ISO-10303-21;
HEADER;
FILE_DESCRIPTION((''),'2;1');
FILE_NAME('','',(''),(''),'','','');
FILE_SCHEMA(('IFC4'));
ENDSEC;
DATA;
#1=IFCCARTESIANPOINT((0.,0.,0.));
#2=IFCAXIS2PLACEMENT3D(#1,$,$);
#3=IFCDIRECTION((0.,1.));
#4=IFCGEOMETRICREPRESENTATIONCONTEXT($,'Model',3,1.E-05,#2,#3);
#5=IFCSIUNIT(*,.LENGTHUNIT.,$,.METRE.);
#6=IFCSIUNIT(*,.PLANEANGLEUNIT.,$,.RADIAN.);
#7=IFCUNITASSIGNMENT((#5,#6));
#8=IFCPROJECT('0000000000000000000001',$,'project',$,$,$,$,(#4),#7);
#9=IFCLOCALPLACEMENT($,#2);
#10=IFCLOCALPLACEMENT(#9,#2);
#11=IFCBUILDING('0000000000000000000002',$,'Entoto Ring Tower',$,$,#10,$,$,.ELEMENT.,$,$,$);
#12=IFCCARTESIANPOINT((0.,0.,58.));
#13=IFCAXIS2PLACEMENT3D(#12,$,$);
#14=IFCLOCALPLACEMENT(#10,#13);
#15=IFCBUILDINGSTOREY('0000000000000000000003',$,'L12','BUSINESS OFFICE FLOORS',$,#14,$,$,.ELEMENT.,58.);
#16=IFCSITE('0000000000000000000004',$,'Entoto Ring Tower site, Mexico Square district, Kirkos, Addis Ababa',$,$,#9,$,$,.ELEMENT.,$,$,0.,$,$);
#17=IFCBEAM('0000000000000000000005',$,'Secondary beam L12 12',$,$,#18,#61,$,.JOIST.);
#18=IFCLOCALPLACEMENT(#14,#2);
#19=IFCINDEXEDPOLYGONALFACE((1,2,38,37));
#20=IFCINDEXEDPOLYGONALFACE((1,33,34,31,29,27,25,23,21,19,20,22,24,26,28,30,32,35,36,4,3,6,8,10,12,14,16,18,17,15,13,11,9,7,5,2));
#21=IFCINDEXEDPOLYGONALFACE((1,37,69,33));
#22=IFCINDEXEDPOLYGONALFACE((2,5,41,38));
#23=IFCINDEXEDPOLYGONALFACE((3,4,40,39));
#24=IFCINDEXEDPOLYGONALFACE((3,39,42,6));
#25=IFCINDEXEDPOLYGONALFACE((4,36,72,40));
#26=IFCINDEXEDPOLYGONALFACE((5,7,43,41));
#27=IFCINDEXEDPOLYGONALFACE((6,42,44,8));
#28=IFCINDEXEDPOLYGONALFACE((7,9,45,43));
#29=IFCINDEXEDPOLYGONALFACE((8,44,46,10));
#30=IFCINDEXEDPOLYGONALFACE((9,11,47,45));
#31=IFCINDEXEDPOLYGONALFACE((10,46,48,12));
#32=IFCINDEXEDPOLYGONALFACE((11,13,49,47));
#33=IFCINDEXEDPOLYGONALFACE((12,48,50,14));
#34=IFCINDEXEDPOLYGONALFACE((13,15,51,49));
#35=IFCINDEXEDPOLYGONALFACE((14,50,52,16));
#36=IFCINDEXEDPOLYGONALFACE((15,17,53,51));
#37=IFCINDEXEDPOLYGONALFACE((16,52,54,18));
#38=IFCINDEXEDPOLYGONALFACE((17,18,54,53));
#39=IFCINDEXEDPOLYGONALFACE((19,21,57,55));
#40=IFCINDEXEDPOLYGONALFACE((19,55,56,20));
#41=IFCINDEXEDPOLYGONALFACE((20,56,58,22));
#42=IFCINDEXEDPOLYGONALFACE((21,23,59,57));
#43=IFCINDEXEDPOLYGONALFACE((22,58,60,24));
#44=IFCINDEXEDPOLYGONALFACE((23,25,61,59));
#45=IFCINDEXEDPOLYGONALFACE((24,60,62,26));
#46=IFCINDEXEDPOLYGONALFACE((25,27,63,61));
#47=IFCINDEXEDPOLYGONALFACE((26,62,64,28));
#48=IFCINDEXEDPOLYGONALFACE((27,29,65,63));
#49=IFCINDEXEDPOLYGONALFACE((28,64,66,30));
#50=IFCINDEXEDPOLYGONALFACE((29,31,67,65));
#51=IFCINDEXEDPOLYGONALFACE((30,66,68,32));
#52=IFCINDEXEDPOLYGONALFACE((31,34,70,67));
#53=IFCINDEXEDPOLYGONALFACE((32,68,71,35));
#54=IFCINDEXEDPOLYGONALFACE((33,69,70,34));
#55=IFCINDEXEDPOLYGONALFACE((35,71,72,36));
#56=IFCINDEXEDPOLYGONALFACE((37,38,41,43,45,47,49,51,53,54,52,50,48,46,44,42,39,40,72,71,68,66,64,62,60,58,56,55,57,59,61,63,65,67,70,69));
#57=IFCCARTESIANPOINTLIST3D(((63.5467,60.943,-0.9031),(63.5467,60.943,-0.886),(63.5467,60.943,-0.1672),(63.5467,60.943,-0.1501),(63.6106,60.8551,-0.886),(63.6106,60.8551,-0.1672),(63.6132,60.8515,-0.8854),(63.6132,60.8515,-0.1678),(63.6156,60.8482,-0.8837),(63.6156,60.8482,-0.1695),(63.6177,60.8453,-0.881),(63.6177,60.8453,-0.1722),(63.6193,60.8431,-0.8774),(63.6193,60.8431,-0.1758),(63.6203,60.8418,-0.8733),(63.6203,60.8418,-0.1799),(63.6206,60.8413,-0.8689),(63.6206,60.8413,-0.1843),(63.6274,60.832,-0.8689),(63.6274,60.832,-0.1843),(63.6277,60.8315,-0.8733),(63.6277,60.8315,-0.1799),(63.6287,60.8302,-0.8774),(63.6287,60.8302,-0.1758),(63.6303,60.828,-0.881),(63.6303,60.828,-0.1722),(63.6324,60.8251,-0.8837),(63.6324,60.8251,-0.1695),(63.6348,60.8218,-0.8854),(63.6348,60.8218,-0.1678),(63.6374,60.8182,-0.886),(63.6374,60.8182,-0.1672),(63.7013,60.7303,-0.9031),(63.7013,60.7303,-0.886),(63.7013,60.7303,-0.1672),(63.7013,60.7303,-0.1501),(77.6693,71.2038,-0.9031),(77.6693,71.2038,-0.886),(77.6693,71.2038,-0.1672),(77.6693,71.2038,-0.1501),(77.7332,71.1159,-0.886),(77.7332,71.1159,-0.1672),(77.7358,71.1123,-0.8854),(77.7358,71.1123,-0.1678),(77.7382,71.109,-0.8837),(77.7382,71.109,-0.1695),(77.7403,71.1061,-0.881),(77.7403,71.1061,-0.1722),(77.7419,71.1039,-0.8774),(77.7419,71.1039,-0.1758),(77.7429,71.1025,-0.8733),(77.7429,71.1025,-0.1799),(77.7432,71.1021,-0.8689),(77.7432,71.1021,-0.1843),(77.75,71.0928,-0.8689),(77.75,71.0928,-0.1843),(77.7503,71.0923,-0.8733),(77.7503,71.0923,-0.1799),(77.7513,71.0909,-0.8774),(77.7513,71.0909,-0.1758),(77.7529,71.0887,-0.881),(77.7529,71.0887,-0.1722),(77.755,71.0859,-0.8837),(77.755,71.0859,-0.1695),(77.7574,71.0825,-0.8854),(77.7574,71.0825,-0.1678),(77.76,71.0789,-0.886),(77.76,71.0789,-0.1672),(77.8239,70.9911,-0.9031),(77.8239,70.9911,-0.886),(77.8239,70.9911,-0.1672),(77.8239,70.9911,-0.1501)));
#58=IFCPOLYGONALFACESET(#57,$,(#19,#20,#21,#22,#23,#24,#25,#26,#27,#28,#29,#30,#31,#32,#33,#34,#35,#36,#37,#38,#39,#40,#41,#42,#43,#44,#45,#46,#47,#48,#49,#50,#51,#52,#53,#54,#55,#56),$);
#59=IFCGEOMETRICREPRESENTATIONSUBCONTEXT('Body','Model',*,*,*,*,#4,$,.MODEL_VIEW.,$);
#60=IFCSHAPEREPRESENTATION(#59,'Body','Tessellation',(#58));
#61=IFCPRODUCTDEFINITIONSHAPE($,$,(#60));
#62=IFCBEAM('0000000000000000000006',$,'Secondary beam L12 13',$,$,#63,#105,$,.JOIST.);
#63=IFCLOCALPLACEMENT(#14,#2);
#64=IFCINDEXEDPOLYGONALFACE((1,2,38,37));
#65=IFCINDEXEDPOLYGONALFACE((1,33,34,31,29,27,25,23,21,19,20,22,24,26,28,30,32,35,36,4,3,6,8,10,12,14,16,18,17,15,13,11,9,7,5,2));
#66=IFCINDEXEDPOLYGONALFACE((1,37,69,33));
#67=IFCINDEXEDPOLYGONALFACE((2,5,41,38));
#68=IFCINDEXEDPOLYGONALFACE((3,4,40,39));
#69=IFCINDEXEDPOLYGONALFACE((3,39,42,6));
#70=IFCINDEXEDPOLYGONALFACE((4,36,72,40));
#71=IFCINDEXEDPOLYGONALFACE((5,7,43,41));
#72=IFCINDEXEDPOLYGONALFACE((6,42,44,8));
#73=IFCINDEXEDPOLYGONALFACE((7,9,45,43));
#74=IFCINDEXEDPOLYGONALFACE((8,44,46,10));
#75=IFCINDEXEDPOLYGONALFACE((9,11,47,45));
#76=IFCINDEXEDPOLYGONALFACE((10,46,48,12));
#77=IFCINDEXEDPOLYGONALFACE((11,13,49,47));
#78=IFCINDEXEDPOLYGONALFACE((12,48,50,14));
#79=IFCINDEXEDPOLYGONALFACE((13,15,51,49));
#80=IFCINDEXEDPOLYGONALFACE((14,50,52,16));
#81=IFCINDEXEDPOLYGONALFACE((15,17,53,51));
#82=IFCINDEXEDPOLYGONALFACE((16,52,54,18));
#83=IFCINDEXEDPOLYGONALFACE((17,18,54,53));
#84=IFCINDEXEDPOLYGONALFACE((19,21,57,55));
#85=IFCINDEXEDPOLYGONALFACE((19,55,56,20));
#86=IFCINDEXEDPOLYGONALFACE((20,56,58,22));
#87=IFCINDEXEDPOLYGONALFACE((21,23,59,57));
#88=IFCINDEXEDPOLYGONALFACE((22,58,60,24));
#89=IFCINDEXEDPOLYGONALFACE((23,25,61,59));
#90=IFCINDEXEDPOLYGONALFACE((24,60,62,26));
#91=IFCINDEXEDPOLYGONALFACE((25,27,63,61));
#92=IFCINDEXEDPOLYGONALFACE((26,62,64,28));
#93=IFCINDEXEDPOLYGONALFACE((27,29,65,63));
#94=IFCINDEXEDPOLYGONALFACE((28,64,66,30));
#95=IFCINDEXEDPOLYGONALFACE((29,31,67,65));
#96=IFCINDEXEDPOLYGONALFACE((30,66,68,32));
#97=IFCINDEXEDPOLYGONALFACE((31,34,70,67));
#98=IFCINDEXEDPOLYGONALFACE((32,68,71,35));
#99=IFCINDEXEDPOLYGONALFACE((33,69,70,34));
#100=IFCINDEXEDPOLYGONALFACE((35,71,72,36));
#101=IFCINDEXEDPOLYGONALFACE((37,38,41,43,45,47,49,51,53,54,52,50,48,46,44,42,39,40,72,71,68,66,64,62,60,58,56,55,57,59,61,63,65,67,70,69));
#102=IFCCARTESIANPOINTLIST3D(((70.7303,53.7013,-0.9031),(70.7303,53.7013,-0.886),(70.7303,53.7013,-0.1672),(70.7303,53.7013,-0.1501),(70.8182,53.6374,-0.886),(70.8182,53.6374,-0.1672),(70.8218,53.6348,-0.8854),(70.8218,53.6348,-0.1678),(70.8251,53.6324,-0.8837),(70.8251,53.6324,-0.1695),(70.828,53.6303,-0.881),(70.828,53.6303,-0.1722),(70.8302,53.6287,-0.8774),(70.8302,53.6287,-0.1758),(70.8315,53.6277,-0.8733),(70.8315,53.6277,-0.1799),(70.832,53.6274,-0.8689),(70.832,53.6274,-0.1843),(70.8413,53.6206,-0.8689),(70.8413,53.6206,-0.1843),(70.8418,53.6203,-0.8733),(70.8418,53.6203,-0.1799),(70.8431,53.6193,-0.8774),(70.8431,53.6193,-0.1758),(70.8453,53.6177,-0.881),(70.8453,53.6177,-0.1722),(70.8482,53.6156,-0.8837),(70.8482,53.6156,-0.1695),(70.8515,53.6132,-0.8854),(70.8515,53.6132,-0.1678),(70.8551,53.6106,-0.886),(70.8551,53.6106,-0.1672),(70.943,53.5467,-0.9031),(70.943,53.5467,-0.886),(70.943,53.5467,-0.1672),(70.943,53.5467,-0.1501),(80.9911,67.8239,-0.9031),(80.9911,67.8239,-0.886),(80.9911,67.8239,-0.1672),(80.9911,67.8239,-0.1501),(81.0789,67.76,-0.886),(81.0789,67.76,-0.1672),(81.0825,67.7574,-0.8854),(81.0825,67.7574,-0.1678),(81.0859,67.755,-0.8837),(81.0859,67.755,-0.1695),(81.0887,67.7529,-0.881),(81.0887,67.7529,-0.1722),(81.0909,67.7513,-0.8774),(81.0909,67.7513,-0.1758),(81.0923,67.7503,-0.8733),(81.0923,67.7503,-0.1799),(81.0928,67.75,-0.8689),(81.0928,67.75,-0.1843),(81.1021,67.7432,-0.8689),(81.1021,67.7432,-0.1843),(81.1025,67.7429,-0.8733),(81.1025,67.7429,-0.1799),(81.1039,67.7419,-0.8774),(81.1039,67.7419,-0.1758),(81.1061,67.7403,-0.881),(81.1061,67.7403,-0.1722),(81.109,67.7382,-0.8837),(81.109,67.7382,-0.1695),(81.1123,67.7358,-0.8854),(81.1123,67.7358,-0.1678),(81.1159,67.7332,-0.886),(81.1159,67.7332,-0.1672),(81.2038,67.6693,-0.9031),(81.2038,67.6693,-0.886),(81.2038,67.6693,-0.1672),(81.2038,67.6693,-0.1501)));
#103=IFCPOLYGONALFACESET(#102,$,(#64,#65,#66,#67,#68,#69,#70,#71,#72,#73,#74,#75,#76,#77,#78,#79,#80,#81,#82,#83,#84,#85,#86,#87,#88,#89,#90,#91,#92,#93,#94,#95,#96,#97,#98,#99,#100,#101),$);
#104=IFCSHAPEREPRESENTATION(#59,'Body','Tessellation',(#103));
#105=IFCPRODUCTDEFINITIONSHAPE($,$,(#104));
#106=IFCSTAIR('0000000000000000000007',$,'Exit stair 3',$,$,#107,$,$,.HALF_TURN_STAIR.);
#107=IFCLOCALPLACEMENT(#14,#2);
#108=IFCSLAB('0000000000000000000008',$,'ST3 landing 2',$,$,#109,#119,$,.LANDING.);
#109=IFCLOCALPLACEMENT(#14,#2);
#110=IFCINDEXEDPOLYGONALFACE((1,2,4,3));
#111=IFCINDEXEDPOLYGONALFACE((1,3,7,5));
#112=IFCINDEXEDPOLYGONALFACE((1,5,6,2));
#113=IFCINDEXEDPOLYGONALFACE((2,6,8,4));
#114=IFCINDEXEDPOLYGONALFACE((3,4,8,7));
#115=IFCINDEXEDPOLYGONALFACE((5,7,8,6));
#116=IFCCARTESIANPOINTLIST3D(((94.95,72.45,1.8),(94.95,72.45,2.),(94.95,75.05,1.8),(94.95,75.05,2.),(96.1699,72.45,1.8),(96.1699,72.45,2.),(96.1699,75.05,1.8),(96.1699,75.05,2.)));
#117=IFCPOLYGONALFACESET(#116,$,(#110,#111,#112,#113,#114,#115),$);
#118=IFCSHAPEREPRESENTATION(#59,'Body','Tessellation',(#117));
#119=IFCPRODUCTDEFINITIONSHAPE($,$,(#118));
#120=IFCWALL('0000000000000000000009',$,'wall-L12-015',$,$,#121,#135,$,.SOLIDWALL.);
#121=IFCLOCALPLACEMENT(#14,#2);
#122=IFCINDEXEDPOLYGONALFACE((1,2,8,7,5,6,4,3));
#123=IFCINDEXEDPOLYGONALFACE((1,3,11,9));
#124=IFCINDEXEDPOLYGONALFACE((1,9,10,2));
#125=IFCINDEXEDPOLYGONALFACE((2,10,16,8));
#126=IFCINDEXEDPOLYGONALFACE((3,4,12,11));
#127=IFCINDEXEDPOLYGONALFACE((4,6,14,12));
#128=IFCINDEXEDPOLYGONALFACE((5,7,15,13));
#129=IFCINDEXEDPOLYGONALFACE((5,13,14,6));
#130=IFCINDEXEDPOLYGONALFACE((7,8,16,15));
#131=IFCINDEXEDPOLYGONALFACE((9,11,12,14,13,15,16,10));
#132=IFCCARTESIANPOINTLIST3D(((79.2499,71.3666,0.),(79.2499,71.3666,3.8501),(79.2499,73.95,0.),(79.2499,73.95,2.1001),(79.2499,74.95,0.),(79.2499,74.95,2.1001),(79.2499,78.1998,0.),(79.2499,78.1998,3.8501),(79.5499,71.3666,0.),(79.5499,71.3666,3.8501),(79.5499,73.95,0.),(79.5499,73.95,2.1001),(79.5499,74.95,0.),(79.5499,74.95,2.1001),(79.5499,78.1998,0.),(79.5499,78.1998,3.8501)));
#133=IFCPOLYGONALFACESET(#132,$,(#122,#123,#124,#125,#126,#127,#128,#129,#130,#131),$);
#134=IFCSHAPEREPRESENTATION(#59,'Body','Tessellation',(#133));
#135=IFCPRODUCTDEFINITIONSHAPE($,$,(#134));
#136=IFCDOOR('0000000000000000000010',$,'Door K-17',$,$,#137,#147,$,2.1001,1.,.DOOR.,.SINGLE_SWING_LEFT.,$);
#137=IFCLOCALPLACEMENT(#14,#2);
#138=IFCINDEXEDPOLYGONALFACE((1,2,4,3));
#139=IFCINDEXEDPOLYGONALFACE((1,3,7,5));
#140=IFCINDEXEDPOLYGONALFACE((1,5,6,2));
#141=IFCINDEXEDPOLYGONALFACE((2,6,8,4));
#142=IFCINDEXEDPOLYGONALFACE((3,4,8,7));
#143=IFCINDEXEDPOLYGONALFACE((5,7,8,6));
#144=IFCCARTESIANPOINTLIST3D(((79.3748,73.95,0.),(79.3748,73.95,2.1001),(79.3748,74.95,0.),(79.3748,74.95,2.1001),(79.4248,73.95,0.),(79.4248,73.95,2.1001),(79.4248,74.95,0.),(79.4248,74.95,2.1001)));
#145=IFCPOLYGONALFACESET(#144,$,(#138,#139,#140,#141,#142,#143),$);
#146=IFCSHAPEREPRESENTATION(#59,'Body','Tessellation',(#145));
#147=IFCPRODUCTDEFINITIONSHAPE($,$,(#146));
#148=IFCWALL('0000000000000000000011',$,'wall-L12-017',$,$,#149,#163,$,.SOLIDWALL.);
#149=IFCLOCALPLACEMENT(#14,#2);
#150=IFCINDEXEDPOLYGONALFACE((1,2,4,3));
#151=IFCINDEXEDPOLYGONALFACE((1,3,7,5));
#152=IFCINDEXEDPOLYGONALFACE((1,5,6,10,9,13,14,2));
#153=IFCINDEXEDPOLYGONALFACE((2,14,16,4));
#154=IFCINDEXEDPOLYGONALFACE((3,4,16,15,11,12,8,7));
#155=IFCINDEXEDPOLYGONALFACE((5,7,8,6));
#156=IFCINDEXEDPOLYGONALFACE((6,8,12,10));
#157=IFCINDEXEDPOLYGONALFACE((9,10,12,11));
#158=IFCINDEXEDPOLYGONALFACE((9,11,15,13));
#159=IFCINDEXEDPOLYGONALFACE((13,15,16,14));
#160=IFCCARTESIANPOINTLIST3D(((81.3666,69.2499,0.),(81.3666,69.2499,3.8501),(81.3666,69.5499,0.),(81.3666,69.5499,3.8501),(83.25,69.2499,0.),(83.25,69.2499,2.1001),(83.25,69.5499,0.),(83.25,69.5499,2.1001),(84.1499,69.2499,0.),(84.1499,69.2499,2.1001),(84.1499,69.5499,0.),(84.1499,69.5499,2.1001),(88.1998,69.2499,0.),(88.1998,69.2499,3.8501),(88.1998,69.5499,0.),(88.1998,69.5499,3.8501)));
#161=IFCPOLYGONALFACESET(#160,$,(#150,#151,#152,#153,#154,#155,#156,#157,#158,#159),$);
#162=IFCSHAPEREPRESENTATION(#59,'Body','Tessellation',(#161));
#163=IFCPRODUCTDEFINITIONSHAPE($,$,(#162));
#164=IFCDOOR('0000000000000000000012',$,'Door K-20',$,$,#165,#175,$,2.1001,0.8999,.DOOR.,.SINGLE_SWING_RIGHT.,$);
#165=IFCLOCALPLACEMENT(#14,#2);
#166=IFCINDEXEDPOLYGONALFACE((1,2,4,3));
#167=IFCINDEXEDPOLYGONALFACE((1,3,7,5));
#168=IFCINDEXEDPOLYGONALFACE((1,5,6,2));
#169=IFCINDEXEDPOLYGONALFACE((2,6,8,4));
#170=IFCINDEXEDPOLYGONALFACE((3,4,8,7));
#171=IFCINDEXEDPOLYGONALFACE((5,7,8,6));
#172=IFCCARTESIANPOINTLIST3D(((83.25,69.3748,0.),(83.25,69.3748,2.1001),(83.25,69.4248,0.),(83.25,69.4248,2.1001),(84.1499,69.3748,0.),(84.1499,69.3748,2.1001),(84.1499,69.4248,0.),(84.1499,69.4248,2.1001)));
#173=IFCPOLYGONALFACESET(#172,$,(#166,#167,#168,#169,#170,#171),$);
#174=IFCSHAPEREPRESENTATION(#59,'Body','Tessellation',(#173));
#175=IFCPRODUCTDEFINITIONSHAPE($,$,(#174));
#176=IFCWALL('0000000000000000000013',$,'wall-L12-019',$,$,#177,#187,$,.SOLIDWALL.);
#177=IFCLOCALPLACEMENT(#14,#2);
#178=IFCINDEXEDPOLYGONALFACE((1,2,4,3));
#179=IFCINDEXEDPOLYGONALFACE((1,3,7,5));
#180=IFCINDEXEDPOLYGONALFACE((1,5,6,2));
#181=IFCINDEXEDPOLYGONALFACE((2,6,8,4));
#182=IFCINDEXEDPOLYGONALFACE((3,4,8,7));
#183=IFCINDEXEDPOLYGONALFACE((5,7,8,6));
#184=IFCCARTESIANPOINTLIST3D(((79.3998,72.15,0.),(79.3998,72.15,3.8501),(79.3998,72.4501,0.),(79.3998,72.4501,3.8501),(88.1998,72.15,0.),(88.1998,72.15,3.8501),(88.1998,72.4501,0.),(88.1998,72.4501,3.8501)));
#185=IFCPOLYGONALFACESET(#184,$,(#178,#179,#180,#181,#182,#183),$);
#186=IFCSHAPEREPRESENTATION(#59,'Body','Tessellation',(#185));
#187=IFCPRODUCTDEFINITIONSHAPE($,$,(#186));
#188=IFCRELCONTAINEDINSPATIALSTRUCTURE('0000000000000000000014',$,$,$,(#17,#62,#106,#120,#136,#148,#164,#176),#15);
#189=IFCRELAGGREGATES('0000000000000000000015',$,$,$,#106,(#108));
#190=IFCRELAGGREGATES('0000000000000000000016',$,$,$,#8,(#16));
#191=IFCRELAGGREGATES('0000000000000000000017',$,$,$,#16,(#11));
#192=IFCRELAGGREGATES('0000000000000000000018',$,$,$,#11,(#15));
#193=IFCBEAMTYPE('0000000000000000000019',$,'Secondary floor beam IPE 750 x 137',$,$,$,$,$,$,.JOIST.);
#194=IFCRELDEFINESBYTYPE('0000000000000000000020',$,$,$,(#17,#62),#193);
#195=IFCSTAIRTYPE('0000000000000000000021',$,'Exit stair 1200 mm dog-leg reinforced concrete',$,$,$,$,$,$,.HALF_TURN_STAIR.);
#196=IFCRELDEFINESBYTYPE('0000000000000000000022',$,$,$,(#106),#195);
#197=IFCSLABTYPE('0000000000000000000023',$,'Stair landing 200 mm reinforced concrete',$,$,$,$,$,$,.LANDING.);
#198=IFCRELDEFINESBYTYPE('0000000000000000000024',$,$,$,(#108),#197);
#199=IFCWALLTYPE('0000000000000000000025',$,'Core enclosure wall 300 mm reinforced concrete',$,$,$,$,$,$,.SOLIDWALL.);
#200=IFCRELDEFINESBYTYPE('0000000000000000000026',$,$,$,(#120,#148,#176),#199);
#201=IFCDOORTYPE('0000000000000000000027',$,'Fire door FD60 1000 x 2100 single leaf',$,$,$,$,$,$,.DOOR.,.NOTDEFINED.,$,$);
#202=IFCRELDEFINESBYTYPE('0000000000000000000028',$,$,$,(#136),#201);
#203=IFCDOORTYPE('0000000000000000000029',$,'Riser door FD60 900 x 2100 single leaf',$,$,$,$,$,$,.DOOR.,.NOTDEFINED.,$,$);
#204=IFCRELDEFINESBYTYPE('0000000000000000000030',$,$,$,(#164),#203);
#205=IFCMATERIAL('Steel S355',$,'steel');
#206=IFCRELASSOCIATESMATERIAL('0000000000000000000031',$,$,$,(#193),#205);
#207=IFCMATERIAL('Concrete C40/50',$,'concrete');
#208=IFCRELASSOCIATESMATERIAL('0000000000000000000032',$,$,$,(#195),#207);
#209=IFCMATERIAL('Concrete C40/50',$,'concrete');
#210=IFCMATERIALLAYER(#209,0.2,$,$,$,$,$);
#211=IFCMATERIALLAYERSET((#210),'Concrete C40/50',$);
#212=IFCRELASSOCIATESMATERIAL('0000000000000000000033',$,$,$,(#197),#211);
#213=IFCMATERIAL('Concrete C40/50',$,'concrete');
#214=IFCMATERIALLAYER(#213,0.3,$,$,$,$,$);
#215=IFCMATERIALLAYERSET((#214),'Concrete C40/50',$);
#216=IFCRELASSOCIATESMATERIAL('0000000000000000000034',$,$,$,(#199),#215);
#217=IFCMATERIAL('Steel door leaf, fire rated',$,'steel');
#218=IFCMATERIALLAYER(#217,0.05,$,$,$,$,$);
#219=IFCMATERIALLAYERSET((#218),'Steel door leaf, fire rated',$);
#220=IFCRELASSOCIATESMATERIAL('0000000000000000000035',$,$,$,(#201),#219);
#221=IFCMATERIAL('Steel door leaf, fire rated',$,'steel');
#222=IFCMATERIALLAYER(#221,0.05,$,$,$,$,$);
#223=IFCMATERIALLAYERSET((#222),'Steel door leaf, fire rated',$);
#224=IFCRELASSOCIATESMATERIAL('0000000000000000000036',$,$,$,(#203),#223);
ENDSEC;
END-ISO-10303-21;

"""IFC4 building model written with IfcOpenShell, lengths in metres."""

from ifc_helpers import new_model, si_unit, direction, frame, frame_2d, origin, origin_2d, place, context, subcontext, project, spatial, polyline, rectangle, i_section, outline, extrude, material, layer, layer_set, material_profile, profile_set, type_object, element, fill, aggregate, save


model = new_model("IFC4")

# Units and contexts
model_context = context("Model", 3, precision=1e-05, world=origin(), true_north=direction((0.0, 1.0)))
body_context = subcontext(model_context, "Body", "Model", "MODEL_VIEW")
ifc_project = project(units=[si_unit("LENGTHUNIT", "METRE"), si_unit("PLANEANGLEUNIT", "RADIAN")], contexts=[model_context])

# Site, building, storey
site_placement = place(None, origin())
site = spatial("IfcSite", under=ifc_project, at=site_placement, Name="Entoto Ring Tower site, Mexico Square district, Kirkos, Addis Ababa", CompositionType="ELEMENT", RefElevation=0.0)
building_placement = place(site_placement, origin())
building = spatial("IfcBuilding", under=site, at=building_placement, Name="Entoto Ring Tower", CompositionType="ELEMENT")
storey_placement = place(building_placement, frame((0.0, 0.0, 58.0)))
storey = spatial("IfcBuildingStorey", under=building, at=storey_placement, Name="L12", Description="BUSINESS OFFICE FLOORS", CompositionType="ELEMENT", Elevation=58.0)

# Beams
ifc_material_1 = material(Name="Steel S355", Category="steel")
ifc_material_profile_1 = material_profile(ifc_material_1, i_section(OverallWidth=0.2629, OverallDepth=0.7529, WebThickness=0.0115, FlangeThickness=0.0171, FilletRadius=0.0171, at=origin_2d()), Name="IPE 750 x 137")
ifc_profile_set_1 = profile_set([ifc_material_profile_1], Name="Steel S355")
beam_type_1 = type_object("IfcBeamType", Name="Secondary floor beam IPE 750 x 137", PredefinedType="JOIST", material=ifc_profile_set_1)
for number, where, z_axis, x_axis, name in (
    (1, (77.7466, 71.0974, -0.5266), (-0.809014, -0.587789, 0.0), (0.587789, -0.809014, 0.0), "Secondary beam L12 12"),
    (2, (81.0974, 67.7466, -0.5266), (-0.587789, -0.809014, 0.0), (0.809014, -0.587789, 0.0), "Secondary beam L12 13"),
):
    element("IfcBeam", number, at=place(storey_placement, frame(where, z_axis=z_axis, x_axis=x_axis)), inside=storey, type_object=beam_type_1, Name=name, PredefinedType="JOIST", context=body_context, shape_type="SweptSolid", body=[
        extrude(i_section(OverallWidth=0.2629, OverallDepth=0.7529, WebThickness=0.0115, FlangeThickness=0.0171, FilletRadius=0.0171, at=origin_2d()), origin(), (0.0, 0.0, 1.0), 17.4565),
    ])

# Stair, slab
ifc_material_2 = material(Name="Concrete C40/50", Category="concrete")
stair_type = type_object("IfcStairType", Name="Exit stair 1200 mm dog-leg reinforced concrete", PredefinedType="HALF_TURN_STAIR", material=ifc_material_2)
stair_1_placement = place(storey_placement, origin())
stair_1 = element("IfcStair", 3, at=stair_1_placement, inside=storey, type_object=stair_type, Name="Exit stair 3", PredefinedType="HALF_TURN_STAIR")
ifc_material_3 = material(Name="Concrete C40/50", Category="concrete")
ifc_layer_1 = layer(ifc_material_3, 0.2)
ifc_layer_set_1 = layer_set([ifc_layer_1], Name="Concrete C40/50")
slab_type_1 = type_object("IfcSlabType", Name="Stair landing 200 mm reinforced concrete", PredefinedType="LANDING", material=ifc_layer_set_1)
slab_1_placement = place(storey_placement, frame((0.0, 0.0, 1.8)))
slab_1 = element("IfcSlab", 4, at=slab_1_placement, type_object=slab_type_1, Name="ST3 landing 2", PredefinedType="LANDING", context=body_context, shape_type="SweptSolid", body=[
    extrude(outline(polyline([(94.95, 72.45), (96.1699, 72.45), (96.1699, 75.05), (94.95, 75.05), (94.95, 72.45)])), origin(), (0.0, 0.0, 1.0), 0.2),
])
aggregate(stair_1, [slab_1])

# Walls, openings, doors
ifc_material_4 = material(Name="Concrete C40/50", Category="concrete")
ifc_layer_2 = layer(ifc_material_4, 0.3)
ifc_layer_set_2 = layer_set([ifc_layer_2], Name="Concrete C40/50")
wall_type_1 = type_object("IfcWallType", Name="Core enclosure wall 300 mm reinforced concrete", PredefinedType="SOLIDWALL", material=ifc_layer_set_2)
wall_1_placement = place(storey_placement, frame((79.3999, 71.3667, 0.0), z_axis=(0.0, 0.0, 1.0), x_axis=(0.0, 1.0, 0.0)))
wall_1 = element("IfcWall", 5, at=wall_1_placement, inside=storey, type_object=wall_type_1, Name="wall-L12-015", PredefinedType="SOLIDWALL", context=body_context, shape_type="SweptSolid", body=[
    extrude(rectangle(XDim=6.8333, YDim=0.3, at=frame_2d((3.4165, 0.0))), origin(), (0.0, 0.0, 1.0), 3.8501),
])
opening_1_placement = place(wall_1_placement, frame((2.5833, 0.0, 0.0)))
opening_1 = element("IfcOpeningElement", 6, at=opening_1_placement, cuts=wall_1, PredefinedType="OPENING", context=body_context, shape_type="SweptSolid", body=[
    extrude(rectangle(XDim=1.0, YDim=2.1001, at=frame_2d((0.5, 1.05))), frame((0.0, 0.1602, 0.0), z_axis=(0.0, -1.0, 0.0), x_axis=(1.0, 0.0, 0.0)), (0.0, 0.0, 1.0), 0.3201),
])
ifc_material_5 = material(Name="Steel door leaf, fire rated", Category="steel")
ifc_layer_3 = layer(ifc_material_5, 0.05)
ifc_layer_set_3 = layer_set([ifc_layer_3], Name="Steel door leaf, fire rated")
door_type_1 = type_object("IfcDoorType", Name="Fire door FD60 1000 x 2100 single leaf", OperationType="NOTDEFINED", PredefinedType="DOOR", material=ifc_layer_set_3)
door_1_placement = place(opening_1_placement, frame((1.0, 0.0, 0.0), z_axis=(0.0, 0.0, 1.0), x_axis=(-1.0, 0.0, 0.0)))
door_1 = element("IfcDoor", 7, at=door_1_placement, inside=storey, type_object=door_type_1, Name="Door K-17", OperationType="SINGLE_SWING_LEFT", OverallHeight=2.1001, OverallWidth=1.0, PredefinedType="DOOR", context=body_context, shape_type="SweptSolid", body=[
    extrude(rectangle(XDim=1.0, YDim=2.1001, at=frame_2d((0.5, 1.05))), frame((0.0, 0.0249, 0.0), z_axis=(0.0, -1.0, 0.0), x_axis=(1.0, 0.0, 0.0)), (0.0, 0.0, 1.0), 0.05),
])
fill(opening_1, door_1)
wall_2_placement = place(storey_placement, frame((81.3667, 69.3999, 0.0), z_axis=(0.0, 0.0, 1.0), x_axis=(1.0, 0.0, 0.0)))
wall_2 = element("IfcWall", 8, at=wall_2_placement, inside=storey, type_object=wall_type_1, Name="wall-L12-017", PredefinedType="SOLIDWALL", context=body_context, shape_type="SweptSolid", body=[
    extrude(rectangle(XDim=6.8333, YDim=0.3, at=frame_2d((3.4165, 0.0))), origin(), (0.0, 0.0, 1.0), 3.8501),
])
opening_2_placement = place(wall_2_placement, frame((1.8833, 0.0, 0.0)))
opening_2 = element("IfcOpeningElement", 9, at=opening_2_placement, cuts=wall_2, PredefinedType="OPENING", context=body_context, shape_type="SweptSolid", body=[
    extrude(rectangle(XDim=0.8999, YDim=2.1001, at=frame_2d((0.45, 1.05))), frame((0.0, 0.1602, 0.0), z_axis=(0.0, -1.0, 0.0), x_axis=(1.0, 0.0, 0.0)), (0.0, 0.0, 1.0), 0.3201),
])
ifc_material_6 = material(Name="Steel door leaf, fire rated", Category="steel")
ifc_layer_4 = layer(ifc_material_6, 0.05)
ifc_layer_set_4 = layer_set([ifc_layer_4], Name="Steel door leaf, fire rated")
door_type_2 = type_object("IfcDoorType", Name="Riser door FD60 900 x 2100 single leaf", OperationType="NOTDEFINED", PredefinedType="DOOR", material=ifc_layer_set_4)
door_2_placement = place(opening_2_placement, origin())
door_2 = element("IfcDoor", 10, at=door_2_placement, inside=storey, type_object=door_type_2, Name="Door K-20", OperationType="SINGLE_SWING_RIGHT", OverallHeight=2.1001, OverallWidth=0.8999, PredefinedType="DOOR", context=body_context, shape_type="SweptSolid", body=[
    extrude(rectangle(XDim=0.8999, YDim=2.1001, at=frame_2d((0.45, 1.05))), frame((0.0, 0.0249, 0.0), z_axis=(0.0, -1.0, 0.0), x_axis=(1.0, 0.0, 0.0)), (0.0, 0.0, 1.0), 0.05),
])
fill(opening_2, door_2)

# Wall
wall_3_placement = place(storey_placement, frame((79.3999, 72.3, 0.0), z_axis=(0.0, 0.0, 1.0), x_axis=(1.0, 0.0, 0.0)))
element("IfcWall", 11, at=wall_3_placement, inside=storey, type_object=wall_type_1, Name="wall-L12-019", PredefinedType="SOLIDWALL", context=body_context, shape_type="SweptSolid", body=[
    extrude(rectangle(XDim=8.8, YDim=0.3, at=frame_2d((4.3999, 0.0))), origin(), (0.0, 0.0, 1.0), 3.8501),
])

save(model, "model.ifc")
